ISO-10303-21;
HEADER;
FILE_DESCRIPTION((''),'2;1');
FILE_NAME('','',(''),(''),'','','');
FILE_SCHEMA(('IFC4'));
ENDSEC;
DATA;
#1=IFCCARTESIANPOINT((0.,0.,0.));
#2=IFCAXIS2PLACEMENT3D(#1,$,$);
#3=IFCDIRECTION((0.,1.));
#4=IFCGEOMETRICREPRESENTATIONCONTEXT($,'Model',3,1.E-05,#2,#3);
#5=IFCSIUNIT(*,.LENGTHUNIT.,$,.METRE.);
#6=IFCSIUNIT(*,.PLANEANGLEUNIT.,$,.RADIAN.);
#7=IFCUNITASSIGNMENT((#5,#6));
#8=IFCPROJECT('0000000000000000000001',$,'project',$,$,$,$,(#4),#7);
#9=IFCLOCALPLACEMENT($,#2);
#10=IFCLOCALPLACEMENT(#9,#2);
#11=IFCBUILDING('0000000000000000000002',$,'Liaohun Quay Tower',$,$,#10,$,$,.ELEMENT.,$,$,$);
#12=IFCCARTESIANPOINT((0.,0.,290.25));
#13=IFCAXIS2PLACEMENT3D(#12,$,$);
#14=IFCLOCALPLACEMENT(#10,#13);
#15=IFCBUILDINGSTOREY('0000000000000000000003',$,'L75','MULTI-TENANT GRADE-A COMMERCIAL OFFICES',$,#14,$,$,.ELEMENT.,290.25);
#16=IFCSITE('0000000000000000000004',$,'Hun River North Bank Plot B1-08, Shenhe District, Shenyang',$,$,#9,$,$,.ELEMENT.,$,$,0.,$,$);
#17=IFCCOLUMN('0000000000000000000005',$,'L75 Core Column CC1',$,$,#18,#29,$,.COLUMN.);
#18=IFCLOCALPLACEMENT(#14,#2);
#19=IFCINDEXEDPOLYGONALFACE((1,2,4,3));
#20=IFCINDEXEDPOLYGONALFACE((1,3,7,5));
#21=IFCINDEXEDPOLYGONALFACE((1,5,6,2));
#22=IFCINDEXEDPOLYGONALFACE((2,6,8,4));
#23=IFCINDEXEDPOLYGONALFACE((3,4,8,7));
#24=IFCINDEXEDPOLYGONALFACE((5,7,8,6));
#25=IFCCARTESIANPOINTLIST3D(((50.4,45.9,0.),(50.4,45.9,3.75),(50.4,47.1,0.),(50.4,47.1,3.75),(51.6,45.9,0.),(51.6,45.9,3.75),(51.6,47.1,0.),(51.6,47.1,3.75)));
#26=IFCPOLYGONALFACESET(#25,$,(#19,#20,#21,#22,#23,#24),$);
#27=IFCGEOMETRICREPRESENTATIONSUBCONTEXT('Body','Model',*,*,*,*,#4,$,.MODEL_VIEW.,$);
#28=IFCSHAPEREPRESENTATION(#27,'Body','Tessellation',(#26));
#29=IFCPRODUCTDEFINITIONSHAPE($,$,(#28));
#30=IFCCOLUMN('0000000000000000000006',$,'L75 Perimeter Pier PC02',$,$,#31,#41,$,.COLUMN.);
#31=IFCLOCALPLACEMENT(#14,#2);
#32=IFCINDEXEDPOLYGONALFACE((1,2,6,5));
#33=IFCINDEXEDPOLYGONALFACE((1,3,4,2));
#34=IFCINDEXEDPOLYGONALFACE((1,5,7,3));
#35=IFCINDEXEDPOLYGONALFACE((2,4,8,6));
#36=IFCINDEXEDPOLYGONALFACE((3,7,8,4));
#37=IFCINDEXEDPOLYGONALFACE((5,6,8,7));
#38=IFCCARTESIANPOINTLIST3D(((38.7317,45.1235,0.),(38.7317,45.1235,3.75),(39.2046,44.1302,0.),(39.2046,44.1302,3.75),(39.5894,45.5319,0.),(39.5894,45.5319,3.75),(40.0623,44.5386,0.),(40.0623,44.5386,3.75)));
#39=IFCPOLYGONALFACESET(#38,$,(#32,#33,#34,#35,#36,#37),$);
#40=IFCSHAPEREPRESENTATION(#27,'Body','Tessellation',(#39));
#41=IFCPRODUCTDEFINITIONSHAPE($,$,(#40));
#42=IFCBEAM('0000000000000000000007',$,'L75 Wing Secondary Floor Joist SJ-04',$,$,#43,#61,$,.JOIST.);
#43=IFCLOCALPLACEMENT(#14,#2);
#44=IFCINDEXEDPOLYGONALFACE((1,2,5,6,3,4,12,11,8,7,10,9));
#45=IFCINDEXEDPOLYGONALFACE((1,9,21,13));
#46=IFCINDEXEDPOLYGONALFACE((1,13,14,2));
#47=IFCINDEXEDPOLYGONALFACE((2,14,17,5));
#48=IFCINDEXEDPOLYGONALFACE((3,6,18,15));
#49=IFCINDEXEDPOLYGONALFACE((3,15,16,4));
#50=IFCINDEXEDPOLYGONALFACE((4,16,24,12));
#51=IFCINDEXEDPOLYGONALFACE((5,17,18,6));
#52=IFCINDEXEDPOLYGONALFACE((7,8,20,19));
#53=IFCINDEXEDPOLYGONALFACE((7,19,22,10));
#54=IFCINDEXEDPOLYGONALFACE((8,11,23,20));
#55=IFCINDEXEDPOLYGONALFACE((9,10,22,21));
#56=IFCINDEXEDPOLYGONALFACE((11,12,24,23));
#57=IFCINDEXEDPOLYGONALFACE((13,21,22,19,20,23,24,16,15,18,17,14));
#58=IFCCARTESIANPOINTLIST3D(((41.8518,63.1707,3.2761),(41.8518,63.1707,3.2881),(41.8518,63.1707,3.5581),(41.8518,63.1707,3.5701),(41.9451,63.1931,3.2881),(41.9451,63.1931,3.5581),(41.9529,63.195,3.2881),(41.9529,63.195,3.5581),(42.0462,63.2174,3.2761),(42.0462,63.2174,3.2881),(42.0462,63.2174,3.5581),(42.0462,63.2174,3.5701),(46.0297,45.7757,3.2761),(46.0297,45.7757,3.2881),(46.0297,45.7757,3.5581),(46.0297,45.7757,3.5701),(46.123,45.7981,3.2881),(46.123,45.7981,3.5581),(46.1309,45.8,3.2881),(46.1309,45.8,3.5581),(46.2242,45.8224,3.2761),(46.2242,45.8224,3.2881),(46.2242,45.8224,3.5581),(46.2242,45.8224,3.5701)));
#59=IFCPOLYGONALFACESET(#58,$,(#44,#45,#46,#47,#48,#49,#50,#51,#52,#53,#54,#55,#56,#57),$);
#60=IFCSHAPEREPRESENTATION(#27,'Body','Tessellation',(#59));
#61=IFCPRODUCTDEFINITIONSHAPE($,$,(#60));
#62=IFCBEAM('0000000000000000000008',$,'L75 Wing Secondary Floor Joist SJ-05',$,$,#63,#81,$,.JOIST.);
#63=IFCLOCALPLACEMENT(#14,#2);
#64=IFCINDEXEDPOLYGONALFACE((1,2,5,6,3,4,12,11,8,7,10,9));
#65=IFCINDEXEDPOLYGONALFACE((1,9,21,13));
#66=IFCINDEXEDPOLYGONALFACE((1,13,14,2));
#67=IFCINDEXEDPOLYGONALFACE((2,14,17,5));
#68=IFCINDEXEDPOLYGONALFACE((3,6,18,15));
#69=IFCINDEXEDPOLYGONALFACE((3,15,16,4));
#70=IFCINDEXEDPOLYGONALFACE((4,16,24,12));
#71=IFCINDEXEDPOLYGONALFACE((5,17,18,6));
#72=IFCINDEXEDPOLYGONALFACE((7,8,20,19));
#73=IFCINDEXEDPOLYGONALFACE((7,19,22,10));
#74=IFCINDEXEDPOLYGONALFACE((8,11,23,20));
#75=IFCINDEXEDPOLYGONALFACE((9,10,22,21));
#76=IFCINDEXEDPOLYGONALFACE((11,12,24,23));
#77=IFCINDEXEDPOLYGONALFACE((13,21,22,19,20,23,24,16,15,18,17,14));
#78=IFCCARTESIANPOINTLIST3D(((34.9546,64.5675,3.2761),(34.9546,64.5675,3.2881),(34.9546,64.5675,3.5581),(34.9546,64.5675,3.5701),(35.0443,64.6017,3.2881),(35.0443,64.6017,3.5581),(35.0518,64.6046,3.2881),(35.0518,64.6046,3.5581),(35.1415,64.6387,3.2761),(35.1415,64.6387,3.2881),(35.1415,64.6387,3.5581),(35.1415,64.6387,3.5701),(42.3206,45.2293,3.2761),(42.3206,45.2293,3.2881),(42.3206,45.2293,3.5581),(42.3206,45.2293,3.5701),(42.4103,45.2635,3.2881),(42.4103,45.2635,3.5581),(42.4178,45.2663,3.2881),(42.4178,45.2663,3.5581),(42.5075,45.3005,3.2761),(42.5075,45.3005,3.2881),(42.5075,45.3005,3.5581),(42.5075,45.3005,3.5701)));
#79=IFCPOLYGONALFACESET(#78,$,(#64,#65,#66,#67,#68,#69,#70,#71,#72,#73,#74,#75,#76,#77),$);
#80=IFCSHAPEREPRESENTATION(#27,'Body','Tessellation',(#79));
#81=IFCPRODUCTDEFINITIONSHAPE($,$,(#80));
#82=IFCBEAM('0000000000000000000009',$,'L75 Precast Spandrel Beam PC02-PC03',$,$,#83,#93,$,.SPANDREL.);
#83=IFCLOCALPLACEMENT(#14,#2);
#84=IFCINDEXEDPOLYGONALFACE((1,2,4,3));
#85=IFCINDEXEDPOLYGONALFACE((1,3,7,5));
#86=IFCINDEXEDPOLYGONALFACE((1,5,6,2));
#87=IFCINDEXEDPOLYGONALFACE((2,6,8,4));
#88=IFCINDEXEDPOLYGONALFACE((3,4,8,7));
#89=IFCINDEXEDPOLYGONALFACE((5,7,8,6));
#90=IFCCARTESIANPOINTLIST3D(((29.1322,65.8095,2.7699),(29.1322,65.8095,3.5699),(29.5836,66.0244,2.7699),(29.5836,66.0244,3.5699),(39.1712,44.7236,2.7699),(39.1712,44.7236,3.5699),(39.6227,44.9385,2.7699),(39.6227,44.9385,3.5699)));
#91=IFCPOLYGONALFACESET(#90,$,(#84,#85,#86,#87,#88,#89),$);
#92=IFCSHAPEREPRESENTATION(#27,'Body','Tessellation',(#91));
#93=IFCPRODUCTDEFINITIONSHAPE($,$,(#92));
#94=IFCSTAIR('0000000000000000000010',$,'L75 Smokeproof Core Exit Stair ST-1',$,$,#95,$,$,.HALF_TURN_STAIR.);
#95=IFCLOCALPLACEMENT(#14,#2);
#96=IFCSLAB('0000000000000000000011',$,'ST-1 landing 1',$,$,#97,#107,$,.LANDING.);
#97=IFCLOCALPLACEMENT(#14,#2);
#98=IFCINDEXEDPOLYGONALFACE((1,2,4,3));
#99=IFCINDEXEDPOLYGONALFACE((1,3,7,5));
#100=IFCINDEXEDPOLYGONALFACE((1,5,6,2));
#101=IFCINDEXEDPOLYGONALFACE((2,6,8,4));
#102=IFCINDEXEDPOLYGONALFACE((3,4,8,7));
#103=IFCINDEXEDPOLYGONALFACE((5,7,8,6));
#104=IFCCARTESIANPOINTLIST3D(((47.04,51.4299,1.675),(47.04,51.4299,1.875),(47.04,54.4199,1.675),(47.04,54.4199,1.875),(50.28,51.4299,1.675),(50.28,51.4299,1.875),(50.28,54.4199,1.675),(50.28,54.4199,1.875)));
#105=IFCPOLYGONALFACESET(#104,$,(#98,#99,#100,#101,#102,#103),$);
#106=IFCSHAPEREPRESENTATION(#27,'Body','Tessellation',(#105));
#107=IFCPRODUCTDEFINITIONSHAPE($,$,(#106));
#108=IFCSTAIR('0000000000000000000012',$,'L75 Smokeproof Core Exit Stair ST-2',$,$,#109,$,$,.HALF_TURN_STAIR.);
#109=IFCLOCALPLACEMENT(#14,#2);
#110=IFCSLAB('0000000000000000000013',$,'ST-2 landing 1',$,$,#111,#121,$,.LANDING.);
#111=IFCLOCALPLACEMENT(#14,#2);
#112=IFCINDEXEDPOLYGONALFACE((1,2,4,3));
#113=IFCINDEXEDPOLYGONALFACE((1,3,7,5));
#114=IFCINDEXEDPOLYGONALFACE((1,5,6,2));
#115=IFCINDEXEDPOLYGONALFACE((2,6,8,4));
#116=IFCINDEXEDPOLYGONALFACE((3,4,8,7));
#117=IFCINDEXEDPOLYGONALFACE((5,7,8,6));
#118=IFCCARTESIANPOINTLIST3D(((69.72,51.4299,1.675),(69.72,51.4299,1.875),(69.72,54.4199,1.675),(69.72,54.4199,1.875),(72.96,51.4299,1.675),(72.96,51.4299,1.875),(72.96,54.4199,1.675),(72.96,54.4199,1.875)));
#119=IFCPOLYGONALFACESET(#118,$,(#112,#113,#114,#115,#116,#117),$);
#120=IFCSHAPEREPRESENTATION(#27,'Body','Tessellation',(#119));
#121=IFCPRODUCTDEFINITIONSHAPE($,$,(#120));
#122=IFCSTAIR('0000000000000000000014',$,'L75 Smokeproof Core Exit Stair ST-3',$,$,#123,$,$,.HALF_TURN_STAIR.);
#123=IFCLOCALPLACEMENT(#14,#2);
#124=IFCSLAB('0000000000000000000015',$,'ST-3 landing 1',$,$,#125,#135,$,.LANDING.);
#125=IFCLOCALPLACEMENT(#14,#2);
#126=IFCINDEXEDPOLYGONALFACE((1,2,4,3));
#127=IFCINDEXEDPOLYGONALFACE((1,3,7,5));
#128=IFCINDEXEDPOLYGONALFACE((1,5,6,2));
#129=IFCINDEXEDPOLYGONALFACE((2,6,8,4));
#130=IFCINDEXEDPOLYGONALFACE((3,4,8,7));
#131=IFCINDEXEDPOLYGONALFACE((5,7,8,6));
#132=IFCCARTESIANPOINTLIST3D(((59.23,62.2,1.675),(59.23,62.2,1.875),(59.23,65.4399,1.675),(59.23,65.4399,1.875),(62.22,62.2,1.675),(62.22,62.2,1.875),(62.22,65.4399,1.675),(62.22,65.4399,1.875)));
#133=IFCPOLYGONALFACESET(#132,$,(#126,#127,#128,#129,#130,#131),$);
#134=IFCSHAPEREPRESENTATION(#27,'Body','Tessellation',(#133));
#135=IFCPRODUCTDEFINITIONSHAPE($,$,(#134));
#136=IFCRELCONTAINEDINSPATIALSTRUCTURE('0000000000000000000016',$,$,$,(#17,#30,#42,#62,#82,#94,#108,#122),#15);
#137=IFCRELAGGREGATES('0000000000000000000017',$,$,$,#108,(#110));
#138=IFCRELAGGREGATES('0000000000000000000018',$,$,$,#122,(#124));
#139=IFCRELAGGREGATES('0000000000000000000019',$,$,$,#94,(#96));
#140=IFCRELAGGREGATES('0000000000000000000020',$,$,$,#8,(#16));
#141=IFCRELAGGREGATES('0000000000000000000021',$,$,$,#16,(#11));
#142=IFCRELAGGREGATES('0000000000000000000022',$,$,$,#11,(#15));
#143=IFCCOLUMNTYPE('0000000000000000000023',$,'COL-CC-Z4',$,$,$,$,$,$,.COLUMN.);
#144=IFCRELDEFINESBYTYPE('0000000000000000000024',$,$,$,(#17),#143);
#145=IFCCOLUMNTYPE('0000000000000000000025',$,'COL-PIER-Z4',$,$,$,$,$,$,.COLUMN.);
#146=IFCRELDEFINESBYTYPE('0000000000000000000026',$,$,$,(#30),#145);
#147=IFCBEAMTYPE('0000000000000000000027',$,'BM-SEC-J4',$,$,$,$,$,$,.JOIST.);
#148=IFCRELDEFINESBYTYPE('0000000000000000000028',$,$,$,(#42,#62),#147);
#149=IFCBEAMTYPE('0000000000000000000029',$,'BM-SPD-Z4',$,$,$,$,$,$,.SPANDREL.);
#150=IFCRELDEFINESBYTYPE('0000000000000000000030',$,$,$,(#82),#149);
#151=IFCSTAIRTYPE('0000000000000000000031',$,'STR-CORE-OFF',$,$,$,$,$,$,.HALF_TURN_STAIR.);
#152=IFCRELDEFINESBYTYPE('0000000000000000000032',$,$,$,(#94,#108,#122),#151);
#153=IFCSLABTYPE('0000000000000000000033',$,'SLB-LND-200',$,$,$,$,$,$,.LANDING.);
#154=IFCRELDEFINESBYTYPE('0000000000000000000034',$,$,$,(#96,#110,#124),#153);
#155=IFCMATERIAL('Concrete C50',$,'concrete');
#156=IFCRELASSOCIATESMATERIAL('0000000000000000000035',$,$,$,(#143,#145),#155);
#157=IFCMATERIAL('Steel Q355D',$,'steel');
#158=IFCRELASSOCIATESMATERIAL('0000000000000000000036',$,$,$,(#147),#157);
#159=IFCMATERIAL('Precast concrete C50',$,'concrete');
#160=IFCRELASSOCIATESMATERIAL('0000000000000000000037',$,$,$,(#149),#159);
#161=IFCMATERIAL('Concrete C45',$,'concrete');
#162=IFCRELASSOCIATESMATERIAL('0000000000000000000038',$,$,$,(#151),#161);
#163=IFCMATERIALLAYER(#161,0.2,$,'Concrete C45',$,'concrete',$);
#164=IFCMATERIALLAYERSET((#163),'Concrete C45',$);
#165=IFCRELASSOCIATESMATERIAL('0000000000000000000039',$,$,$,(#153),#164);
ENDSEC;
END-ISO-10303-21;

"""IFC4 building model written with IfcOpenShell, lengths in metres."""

from ifc_helpers import new_model, si_unit, direction, frame, origin, origin_2d, place, context, subcontext, project, spatial, polyline, rectangle, i_section, outline, extrude, source, transform, mapped, material, layer, layer_set, material_profile, profile_set, type_object, element, aggregate, save


model = new_model("IFC4")

# Units and contexts
model_context = context("Model", 3, precision=1e-05, world=origin(), true_north=direction((0.0, 1.0)))
body_context = subcontext(model_context, "Body", "Model", "MODEL_VIEW")
ifc_project = project(units=[si_unit("LENGTHUNIT", "METRE"), si_unit("PLANEANGLEUNIT", "RADIAN")], contexts=[model_context])

# Site, building, storey
site_placement = place(None, origin())
site = spatial("IfcSite", under=ifc_project, at=site_placement, Name="Hun River North Bank Plot B1-08, Shenhe District, Shenyang", CompositionType="ELEMENT", RefElevation=0.0)
building_placement = place(site_placement, origin())
building = spatial("IfcBuilding", under=site, at=building_placement, Name="Liaohun Quay Tower", CompositionType="ELEMENT")
storey_placement = place(building_placement, frame((0.0, 0.0, 290.25)))
storey = spatial("IfcBuildingStorey", under=building, at=storey_placement, Name="L75", Description="MULTI-TENANT GRADE-A COMMERCIAL OFFICES", CompositionType="ELEMENT", Elevation=290.25)

# Columns
ifc_material_1 = material(Name="Concrete C50", Category="concrete")
ifc_material_profile_1 = material_profile(ifc_material_1, rectangle(XDim=1.2, YDim=1.2, at=origin_2d()), Name="RC1200x1200")
ifc_profile_set_1 = profile_set([ifc_material_profile_1], Name="Concrete C50")
column_type_1 = type_object("IfcColumnType", Name="COL-CC-Z4", PredefinedType="COLUMN", material=ifc_profile_set_1)
shared_shape_1 = source(origin(), body_context, "Body", "SweptSolid", [
    extrude(rectangle(XDim=1.2, YDim=1.2, at=origin_2d()), origin(), (0.0, 0.0, 1.0), 3.75),
])
column_1_placement = place(storey_placement, frame((51.0, 46.5, 0.0), z_axis=(0.0, 0.0, 1.0), x_axis=(1.0, 0.0, 0.0)))
element("IfcColumn", 1, at=column_1_placement, inside=storey, type_object=column_type_1, Name="L75 Core Column CC1", PredefinedType="COLUMN", context=body_context, shape_type="MappedRepresentation", body=[
    mapped(shared_shape_1, transform((0.0, 0.0, 0.0), x_axis=(1.0, 0.0, 0.0), y_axis=(0.0, 1.0, 0.0), z_axis=(0.0, 0.0, 1.0), scale=1.0)),
])
ifc_material_profile_2 = material_profile(ifc_material_1, rectangle(XDim=1.1001, YDim=0.95, at=origin_2d()), Name="RC1100x950")
ifc_profile_set_2 = profile_set([ifc_material_profile_2], Name="Concrete C50")
column_type_2 = type_object("IfcColumnType", Name="COL-PIER-Z4", PredefinedType="COLUMN", material=ifc_profile_set_2)
shared_shape_2 = source(origin(), body_context, "Body", "SweptSolid", [
    extrude(rectangle(XDim=1.1001, YDim=0.95, at=origin_2d()), origin(), (0.0, 0.0, 1.0), 3.75),
])
column_2_placement = place(storey_placement, frame((39.397, 44.8311, 0.0), z_axis=(0.0, 0.0, 1.0), x_axis=(-0.429881, 0.902886, 0.0)))
element("IfcColumn", 2, at=column_2_placement, inside=storey, type_object=column_type_2, Name="L75 Perimeter Pier PC02", PredefinedType="COLUMN", context=body_context, shape_type="MappedRepresentation", body=[
    mapped(shared_shape_2, transform((0.0, 0.0, 0.0), x_axis=(1.0, 0.0, 0.0), y_axis=(0.0, 1.0, 0.0), z_axis=(0.0, 0.0, 1.0), scale=1.0)),
])

# Beams
ifc_material_2 = material(Name="Steel Q355D", Category="steel")
ifc_material_profile_3 = material_profile(ifc_material_2, i_section(OverallWidth=0.2, OverallDepth=0.2939, WebThickness=0.0081, FlangeThickness=0.012, at=origin_2d()), Name="HM294x200x8x12")
ifc_profile_set_3 = profile_set([ifc_material_profile_3], Name="Steel Q355D")
beam_type_1 = type_object("IfcBeamType", Name="BM-SEC-J4", PredefinedType="JOIST", material=ifc_profile_set_3)
shared_shape_3 = source(origin(), body_context, "Body", "SweptSolid", [
    extrude(i_section(OverallWidth=0.2, OverallDepth=0.2939, WebThickness=0.0081, FlangeThickness=0.012, at=origin_2d()), origin(), (0.0, 0.0, 1.0), 17.8896),
])
beam_1_placement = place(storey_placement, frame((46.127, 45.7991, 3.4231), z_axis=(-0.233541, 0.972347, 0.0), x_axis=(-0.972347, -0.233541, 0.0)))
element("IfcBeam", 3, at=beam_1_placement, inside=storey, type_object=beam_type_1, Name="L75 Wing Secondary Floor Joist SJ-04", PredefinedType="JOIST", context=body_context, shape_type="MappedRepresentation", body=[
    mapped(shared_shape_3, transform((0.0, 0.0, 0.0), x_axis=(1.0, 0.0, 0.0), y_axis=(0.0, 1.0, 0.0), z_axis=(0.0, 0.0, 1.0), scale=1.0)),
])
shared_shape_4 = source(origin(), body_context, "Body", "SweptSolid", [
    extrude(i_section(OverallWidth=0.2, OverallDepth=0.2939, WebThickness=0.0081, FlangeThickness=0.012, at=origin_2d()), origin(), (0.0, 0.0, 1.0), 20.6936),
])
beam_2_placement = place(storey_placement, frame((42.4141, 45.2649, 3.4231), z_axis=(-0.355956, 0.934503, 0.0), x_axis=(-0.934503, -0.355956, 0.0)))
element("IfcBeam", 4, at=beam_2_placement, inside=storey, type_object=beam_type_1, Name="L75 Wing Secondary Floor Joist SJ-05", PredefinedType="JOIST", context=body_context, shape_type="MappedRepresentation", body=[
    mapped(shared_shape_4, transform((0.0, 0.0, 0.0), x_axis=(1.0, 0.0, 0.0), y_axis=(0.0, 1.0, 0.0), z_axis=(0.0, 0.0, 1.0), scale=1.0)),
])
ifc_material_3 = material(Name="Precast concrete C50", Category="concrete")
ifc_material_profile_4 = material_profile(ifc_material_3, rectangle(XDim=0.5, YDim=0.8, at=origin_2d()), Name="RC500x800")
ifc_profile_set_4 = profile_set([ifc_material_profile_4], Name="Precast concrete C50")
beam_type_2 = type_object("IfcBeamType", Name="BM-SPD-Z4", PredefinedType="SPANDREL", material=ifc_profile_set_4)
shared_shape_5 = source(origin(), body_context, "Body", "SweptSolid", [
    extrude(rectangle(XDim=0.5, YDim=0.8, at=origin_2d()), origin(), (0.0, 0.0, 1.0), 23.3538),
])
beam_3_placement = place(storey_placement, frame((39.397, 44.8311, 3.1699), z_axis=(-0.429869, 0.902891, 0.0), x_axis=(-0.902891, -0.429869, 0.0)))
element("IfcBeam", 5, at=beam_3_placement, inside=storey, type_object=beam_type_2, Name="L75 Precast Spandrel Beam PC02-PC03", PredefinedType="SPANDREL", context=body_context, shape_type="MappedRepresentation", body=[
    mapped(shared_shape_5, transform((0.0, 0.0, 0.0), x_axis=(1.0, 0.0, 0.0), y_axis=(0.0, 1.0, 0.0), z_axis=(0.0, 0.0, 1.0), scale=1.0)),
])

# Stairs, slabs
ifc_material_4 = material(Name="Concrete C45", Category="concrete")
stair_type = type_object("IfcStairType", Name="STR-CORE-OFF", PredefinedType="HALF_TURN_STAIR", material=ifc_material_4)
stair_1_placement = place(storey_placement, origin())
stair_1 = element("IfcStair", 6, at=stair_1_placement, inside=storey, type_object=stair_type, Name="L75 Smokeproof Core Exit Stair ST-1", PredefinedType="HALF_TURN_STAIR")
ifc_layer_1 = layer(ifc_material_4, 0.2, Name="Concrete C45", Category="concrete")
ifc_layer_set_1 = layer_set([ifc_layer_1], Name="Concrete C45")
slab_type_1 = type_object("IfcSlabType", Name="SLB-LND-200", PredefinedType="LANDING", material=ifc_layer_set_1)
slab_1_placement = place(storey_placement, frame((0.0, 0.0, 1.675)))
slab_1 = element("IfcSlab", 7, at=slab_1_placement, type_object=slab_type_1, Name="ST-1 landing 1", PredefinedType="LANDING", context=body_context, shape_type="SweptSolid", body=[
    extrude(outline(polyline([(50.28, 51.4299), (50.28, 54.4199), (47.04, 54.4199), (47.04, 51.4299), (50.28, 51.4299)])), origin(), (0.0, 0.0, 1.0), 0.2),
])
stair_2_placement = place(storey_placement, origin())
stair_2 = element("IfcStair", 8, at=stair_2_placement, inside=storey, type_object=stair_type, Name="L75 Smokeproof Core Exit Stair ST-2", PredefinedType="HALF_TURN_STAIR")
slab_2_placement = place(storey_placement, frame((0.0, 0.0, 1.675)))
slab_2 = element("IfcSlab", 9, at=slab_2_placement, type_object=slab_type_1, Name="ST-2 landing 1", PredefinedType="LANDING", context=body_context, shape_type="SweptSolid", body=[
    extrude(outline(polyline([(72.96, 51.4299), (72.96, 54.4199), (69.72, 54.4199), (69.72, 51.4299), (72.96, 51.4299)])), origin(), (0.0, 0.0, 1.0), 0.2),
])
aggregate(stair_2, [slab_2])
stair_3_placement = place(storey_placement, origin())
stair_3 = element("IfcStair", 10, at=stair_3_placement, inside=storey, type_object=stair_type, Name="L75 Smokeproof Core Exit Stair ST-3", PredefinedType="HALF_TURN_STAIR")
slab_3_placement = place(storey_placement, frame((0.0, 0.0, 1.675)))
slab_3 = element("IfcSlab", 11, at=slab_3_placement, type_object=slab_type_1, Name="ST-3 landing 1", PredefinedType="LANDING", context=body_context, shape_type="SweptSolid", body=[
    extrude(outline(polyline([(59.23, 62.2), (62.22, 62.2), (62.22, 65.4399), (59.23, 65.4399), (59.23, 62.2)])), origin(), (0.0, 0.0, 1.0), 0.2),
])
aggregate(stair_3, [slab_3])

aggregate(stair_1, [slab_1])

save(model, "model.ifc")
